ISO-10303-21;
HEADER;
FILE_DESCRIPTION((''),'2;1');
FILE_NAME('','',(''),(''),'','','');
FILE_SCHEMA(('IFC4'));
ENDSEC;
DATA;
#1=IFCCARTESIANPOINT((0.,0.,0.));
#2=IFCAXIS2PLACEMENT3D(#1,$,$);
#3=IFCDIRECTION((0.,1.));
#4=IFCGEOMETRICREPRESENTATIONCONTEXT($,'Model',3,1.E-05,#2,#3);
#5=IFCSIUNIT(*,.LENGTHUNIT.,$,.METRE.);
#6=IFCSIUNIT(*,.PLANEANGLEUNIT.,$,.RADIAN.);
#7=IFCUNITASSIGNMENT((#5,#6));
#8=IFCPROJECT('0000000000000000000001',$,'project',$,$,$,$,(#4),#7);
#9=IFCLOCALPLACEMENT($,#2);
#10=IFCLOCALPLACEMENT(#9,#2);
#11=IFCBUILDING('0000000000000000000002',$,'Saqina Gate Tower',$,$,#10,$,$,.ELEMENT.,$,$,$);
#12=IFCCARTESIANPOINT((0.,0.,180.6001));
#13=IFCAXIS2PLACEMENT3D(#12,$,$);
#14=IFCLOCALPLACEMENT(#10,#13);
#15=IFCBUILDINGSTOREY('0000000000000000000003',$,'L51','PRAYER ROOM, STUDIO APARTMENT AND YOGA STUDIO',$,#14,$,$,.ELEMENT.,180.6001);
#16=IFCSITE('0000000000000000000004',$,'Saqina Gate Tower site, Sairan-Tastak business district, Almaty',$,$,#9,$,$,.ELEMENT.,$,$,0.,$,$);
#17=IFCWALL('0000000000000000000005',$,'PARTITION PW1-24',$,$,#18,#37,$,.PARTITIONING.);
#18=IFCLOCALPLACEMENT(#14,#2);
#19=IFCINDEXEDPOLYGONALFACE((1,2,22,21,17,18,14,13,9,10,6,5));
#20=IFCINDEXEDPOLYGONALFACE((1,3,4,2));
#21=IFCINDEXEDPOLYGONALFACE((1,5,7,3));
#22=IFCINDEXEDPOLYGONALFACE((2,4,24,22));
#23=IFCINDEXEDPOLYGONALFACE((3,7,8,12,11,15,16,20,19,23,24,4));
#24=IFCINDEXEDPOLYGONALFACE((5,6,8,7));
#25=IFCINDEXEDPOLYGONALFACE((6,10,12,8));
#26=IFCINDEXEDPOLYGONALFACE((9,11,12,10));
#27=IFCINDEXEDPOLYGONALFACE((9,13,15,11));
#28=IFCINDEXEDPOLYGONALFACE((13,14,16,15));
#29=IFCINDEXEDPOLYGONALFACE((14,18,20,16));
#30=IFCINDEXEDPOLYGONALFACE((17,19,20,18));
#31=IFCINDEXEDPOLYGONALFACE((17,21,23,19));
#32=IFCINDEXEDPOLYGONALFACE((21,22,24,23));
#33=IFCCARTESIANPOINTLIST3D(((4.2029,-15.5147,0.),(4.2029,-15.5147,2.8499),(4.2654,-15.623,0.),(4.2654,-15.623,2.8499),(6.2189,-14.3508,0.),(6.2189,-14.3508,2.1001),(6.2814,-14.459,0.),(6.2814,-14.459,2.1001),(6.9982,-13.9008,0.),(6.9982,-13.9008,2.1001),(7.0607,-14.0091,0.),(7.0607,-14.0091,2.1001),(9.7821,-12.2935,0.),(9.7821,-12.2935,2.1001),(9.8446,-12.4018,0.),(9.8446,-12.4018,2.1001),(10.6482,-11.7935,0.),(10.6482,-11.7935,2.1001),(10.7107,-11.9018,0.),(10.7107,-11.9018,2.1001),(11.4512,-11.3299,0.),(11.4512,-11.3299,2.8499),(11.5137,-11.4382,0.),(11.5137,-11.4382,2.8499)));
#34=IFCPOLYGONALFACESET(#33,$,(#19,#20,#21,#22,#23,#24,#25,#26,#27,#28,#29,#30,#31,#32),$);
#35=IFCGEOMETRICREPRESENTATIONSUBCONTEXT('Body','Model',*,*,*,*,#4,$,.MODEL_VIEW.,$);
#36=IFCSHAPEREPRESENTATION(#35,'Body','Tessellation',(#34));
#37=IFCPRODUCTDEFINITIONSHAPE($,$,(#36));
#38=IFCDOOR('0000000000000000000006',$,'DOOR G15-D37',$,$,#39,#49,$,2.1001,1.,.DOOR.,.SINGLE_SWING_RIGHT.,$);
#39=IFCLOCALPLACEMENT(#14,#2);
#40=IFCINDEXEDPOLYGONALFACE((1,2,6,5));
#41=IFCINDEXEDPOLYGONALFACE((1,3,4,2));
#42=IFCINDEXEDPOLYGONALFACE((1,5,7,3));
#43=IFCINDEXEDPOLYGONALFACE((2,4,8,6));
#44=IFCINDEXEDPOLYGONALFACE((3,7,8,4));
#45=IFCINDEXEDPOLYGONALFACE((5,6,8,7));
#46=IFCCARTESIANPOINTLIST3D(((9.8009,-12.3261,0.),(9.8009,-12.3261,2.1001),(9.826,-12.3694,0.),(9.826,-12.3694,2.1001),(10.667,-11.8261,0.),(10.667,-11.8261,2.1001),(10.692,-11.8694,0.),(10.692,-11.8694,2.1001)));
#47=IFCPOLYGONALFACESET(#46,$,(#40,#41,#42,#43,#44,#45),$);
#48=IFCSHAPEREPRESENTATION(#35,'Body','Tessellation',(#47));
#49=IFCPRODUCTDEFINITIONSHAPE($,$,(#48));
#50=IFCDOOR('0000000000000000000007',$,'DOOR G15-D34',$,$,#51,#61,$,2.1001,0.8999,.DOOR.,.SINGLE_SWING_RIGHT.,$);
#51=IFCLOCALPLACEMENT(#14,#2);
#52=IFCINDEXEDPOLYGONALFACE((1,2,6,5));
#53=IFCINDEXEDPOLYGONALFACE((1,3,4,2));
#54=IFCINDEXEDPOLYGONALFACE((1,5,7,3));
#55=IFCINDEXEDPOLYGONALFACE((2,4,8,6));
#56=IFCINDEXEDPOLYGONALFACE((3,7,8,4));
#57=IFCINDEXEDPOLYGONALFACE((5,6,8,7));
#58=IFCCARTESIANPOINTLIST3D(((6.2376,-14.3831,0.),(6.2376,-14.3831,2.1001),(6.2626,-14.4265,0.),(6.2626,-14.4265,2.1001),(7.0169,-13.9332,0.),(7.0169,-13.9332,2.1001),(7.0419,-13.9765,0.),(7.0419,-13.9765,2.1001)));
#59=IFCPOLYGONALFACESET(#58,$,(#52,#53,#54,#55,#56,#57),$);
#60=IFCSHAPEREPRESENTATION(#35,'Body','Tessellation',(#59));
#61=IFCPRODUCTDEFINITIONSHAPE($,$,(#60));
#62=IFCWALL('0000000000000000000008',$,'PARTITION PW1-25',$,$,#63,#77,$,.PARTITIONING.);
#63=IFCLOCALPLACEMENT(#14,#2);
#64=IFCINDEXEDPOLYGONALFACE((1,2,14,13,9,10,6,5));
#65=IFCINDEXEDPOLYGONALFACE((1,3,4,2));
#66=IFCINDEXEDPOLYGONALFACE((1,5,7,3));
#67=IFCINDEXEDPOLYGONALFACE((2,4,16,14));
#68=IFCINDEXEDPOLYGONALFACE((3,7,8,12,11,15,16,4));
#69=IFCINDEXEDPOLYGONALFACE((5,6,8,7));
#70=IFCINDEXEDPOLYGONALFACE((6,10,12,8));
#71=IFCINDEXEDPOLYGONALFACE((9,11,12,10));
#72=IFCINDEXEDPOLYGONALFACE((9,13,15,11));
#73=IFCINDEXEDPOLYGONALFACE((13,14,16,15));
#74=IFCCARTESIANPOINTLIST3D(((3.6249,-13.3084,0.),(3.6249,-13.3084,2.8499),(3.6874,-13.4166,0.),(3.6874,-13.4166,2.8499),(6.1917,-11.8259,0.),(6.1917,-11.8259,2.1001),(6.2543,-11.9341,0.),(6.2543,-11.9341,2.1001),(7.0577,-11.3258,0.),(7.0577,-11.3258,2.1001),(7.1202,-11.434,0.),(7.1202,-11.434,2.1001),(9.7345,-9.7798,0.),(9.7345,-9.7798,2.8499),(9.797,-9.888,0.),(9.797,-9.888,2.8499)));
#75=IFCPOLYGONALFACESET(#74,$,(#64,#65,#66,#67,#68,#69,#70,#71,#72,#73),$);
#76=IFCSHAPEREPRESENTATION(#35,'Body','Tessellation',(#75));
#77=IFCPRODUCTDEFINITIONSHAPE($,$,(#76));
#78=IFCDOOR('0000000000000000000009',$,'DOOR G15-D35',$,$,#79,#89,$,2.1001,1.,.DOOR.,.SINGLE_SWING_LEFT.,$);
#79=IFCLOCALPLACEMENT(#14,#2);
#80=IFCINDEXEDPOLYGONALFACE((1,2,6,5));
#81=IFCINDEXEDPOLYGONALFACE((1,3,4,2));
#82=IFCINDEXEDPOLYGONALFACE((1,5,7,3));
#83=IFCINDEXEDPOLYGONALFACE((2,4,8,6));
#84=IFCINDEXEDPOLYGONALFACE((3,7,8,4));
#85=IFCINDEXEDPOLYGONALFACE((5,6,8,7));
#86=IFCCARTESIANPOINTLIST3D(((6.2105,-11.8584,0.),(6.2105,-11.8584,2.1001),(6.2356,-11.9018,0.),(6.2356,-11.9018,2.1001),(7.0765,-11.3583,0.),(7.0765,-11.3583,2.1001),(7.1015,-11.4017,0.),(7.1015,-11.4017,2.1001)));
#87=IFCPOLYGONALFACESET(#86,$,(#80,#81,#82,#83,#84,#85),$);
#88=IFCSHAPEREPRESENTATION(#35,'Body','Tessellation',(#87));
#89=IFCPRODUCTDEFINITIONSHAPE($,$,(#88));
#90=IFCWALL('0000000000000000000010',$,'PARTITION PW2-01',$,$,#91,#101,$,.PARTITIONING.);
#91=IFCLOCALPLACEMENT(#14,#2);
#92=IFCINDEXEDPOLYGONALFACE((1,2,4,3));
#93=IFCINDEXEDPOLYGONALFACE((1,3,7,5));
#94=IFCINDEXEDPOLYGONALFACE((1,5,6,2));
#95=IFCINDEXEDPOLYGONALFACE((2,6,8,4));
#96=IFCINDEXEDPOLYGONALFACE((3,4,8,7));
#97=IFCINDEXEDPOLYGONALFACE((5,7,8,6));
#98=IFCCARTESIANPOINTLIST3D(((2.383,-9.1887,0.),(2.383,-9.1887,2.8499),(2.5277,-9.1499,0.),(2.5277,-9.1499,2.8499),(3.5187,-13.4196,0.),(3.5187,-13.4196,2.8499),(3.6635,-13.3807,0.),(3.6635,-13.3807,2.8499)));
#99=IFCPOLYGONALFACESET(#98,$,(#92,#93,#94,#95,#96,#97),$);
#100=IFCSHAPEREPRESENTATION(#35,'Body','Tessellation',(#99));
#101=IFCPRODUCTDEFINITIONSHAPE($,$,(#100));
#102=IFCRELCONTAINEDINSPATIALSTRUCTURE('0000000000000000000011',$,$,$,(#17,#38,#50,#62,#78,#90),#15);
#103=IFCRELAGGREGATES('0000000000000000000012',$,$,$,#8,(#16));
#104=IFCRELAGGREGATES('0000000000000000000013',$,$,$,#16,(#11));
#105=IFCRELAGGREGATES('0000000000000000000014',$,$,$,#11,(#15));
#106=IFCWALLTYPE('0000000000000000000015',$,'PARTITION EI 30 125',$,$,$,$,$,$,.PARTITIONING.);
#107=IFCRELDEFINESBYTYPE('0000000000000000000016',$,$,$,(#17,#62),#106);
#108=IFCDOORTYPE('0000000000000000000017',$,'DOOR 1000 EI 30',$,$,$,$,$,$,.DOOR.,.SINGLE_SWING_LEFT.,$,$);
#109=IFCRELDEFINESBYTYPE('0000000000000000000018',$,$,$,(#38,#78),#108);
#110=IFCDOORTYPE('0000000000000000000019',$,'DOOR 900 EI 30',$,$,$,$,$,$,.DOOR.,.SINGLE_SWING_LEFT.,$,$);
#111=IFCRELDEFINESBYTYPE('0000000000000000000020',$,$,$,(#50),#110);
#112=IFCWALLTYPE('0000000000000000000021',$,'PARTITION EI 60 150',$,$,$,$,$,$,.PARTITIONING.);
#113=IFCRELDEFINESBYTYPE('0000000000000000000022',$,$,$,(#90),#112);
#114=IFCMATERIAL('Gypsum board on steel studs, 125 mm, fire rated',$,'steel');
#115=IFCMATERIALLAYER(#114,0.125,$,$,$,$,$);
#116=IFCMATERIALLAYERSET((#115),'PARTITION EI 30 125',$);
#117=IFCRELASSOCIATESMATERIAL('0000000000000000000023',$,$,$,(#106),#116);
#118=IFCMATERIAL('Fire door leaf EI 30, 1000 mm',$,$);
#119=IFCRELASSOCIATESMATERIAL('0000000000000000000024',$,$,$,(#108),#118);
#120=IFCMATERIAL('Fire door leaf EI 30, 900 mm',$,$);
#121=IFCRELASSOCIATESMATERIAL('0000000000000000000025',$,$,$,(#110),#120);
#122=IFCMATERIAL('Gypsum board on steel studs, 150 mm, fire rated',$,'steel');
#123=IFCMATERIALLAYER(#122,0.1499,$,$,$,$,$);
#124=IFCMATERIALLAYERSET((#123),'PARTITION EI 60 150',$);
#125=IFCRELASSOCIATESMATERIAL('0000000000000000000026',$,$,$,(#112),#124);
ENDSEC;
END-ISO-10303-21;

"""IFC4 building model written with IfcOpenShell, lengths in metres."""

from ifc_helpers import new_model, si_unit, direction, frame, frame_2d, origin, place, context, subcontext, project, spatial, rectangle, extrude, material, layer, layer_set, type_object, element, fill, save


model = new_model("IFC4")

# Units and contexts
model_context = context("Model", 3, precision=1e-05, world=origin(), true_north=direction((0.0, 1.0)))
body_context = subcontext(model_context, "Body", "Model", "MODEL_VIEW")
ifc_project = project(units=[si_unit("LENGTHUNIT", "METRE"), si_unit("PLANEANGLEUNIT", "RADIAN")], contexts=[model_context])

# Site, building, storey
site_placement = place(None, origin())
site = spatial("IfcSite", under=ifc_project, at=site_placement, Name="Saqina Gate Tower site, Sairan-Tastak business district, Almaty", CompositionType="ELEMENT", RefElevation=0.0)
building_placement = place(site_placement, origin())
building = spatial("IfcBuilding", under=site, at=building_placement, Name="Saqina Gate Tower", CompositionType="ELEMENT")
storey_placement = place(building_placement, frame((0.0, 0.0, 180.6001)))
storey = spatial("IfcBuildingStorey", under=building, at=storey_placement, Name="L51", Description="PRAYER ROOM, STUDIO APARTMENT AND YOGA STUDIO", CompositionType="ELEMENT", Elevation=180.6001)

# Shared definitions
ifc_material_1 = material(Name="Gypsum board on steel studs, 125 mm, fire rated", Category="steel")
ifc_layer_1 = layer(ifc_material_1, 0.125)
ifc_layer_set_1 = layer_set([ifc_layer_1], Name="PARTITION EI 30 125")
wall_type_1 = type_object("IfcWallType", Name="PARTITION EI 30 125", PredefinedType="PARTITIONING", material=ifc_layer_set_1)

# Wall, openings, doors
wall_1_placement = place(storey_placement, frame((4.2341, -15.5688, 0.0), z_axis=(0.0, 0.0, 1.0), x_axis=(0.866025, 0.500001, 0.0)))
wall_1 = element("IfcWall", 1, at=wall_1_placement, inside=storey, type_object=wall_type_1, Name="PARTITION PW1-24", PredefinedType="PARTITIONING", context=body_context, shape_type="SweptSolid", body=[
    extrude(rectangle(XDim=8.3696, YDim=0.125, at=frame_2d((4.1848, 0.0))), origin(), (0.0, 0.0, 1.0), 2.8499),
])
opening_1_placement = place(wall_1_placement, frame((2.3279, 0.0, 0.0)))
opening_1 = element("IfcOpeningElement", 2, at=opening_1_placement, cuts=wall_1, PredefinedType="OPENING", context=body_context, shape_type="SweptSolid", body=[
    extrude(rectangle(XDim=0.8999, YDim=2.1001, at=frame_2d((0.45, 1.05))), frame((0.0, 0.0745, 0.0), z_axis=(0.0, -1.0, 0.0), x_axis=(1.0, 0.0, 0.0)), (0.0, 0.0, 1.0), 0.1489),
])
opening_2_placement = place(wall_1_placement, frame((6.4424, 0.0, 0.0)))
opening_2 = element("IfcOpeningElement", 3, at=opening_2_placement, cuts=wall_1, PredefinedType="OPENING", context=body_context, shape_type="SweptSolid", body=[
    extrude(rectangle(XDim=1.0, YDim=2.1001, at=frame_2d((0.5, 1.05))), frame((0.0, 0.0745, 0.0), z_axis=(0.0, -1.0, 0.0), x_axis=(1.0, 0.0, 0.0)), (0.0, 0.0, 1.0), 0.1489),
])
ifc_material_2 = material(Name="Fire door leaf EI 30, 1000 mm")
door_type_1 = type_object("IfcDoorType", Name="DOOR 1000 EI 30", OperationType="SINGLE_SWING_LEFT", PredefinedType="DOOR", material=ifc_material_2)
door_1_placement = place(opening_2_placement, origin())
door_1 = element("IfcDoor", 4, at=door_1_placement, inside=storey, type_object=door_type_1, Name="DOOR G15-D37", OperationType="SINGLE_SWING_RIGHT", OverallHeight=2.1001, OverallWidth=1.0, PredefinedType="DOOR", context=body_context, shape_type="SweptSolid", body=[
    extrude(rectangle(XDim=1.0, YDim=2.1001, at=frame_2d((0.5, 1.05))), frame((0.0, 0.0249, 0.0), z_axis=(0.0, -1.0, 0.0), x_axis=(1.0, 0.0, 0.0)), (0.0, 0.0, 1.0), 0.05),
])
fill(opening_2, door_1)
ifc_material_3 = material(Name="Fire door leaf EI 30, 900 mm")
door_type_2 = type_object("IfcDoorType", Name="DOOR 900 EI 30", OperationType="SINGLE_SWING_LEFT", PredefinedType="DOOR", material=ifc_material_3)
door_2_placement = place(opening_1_placement, frame((0.8999, 0.0, 0.0), z_axis=(0.0, 0.0, 1.0), x_axis=(-1.0, 0.0, 0.0)))
door_2 = element("IfcDoor", 5, at=door_2_placement, inside=storey, type_object=door_type_2, Name="DOOR G15-D34", OperationType="SINGLE_SWING_RIGHT", OverallHeight=2.1001, OverallWidth=0.8999, PredefinedType="DOOR", context=body_context, shape_type="SweptSolid", body=[
    extrude(rectangle(XDim=0.8999, YDim=2.1001, at=frame_2d((0.45, 1.05))), frame((0.0, 0.0249, 0.0), z_axis=(0.0, -1.0, 0.0), x_axis=(1.0, 0.0, 0.0)), (0.0, 0.0, 1.0), 0.05),
])
fill(opening_1, door_2)

# Wall, opening, door
wall_2_placement = place(storey_placement, frame((3.656, -13.3625, 0.0), z_axis=(0.0, 0.0, 1.0), x_axis=(0.865953, 0.500125, 0.0)))
wall_2 = element("IfcWall", 6, at=wall_2_placement, inside=storey, type_object=wall_type_1, Name="PARTITION PW1-25", PredefinedType="PARTITIONING", context=body_context, shape_type="SweptSolid", body=[
    extrude(rectangle(XDim=7.0554, YDim=0.125, at=frame_2d((3.5278, 0.0))), origin(), (0.0, 0.0, 1.0), 2.8499),
])
opening_3_placement = place(wall_2_placement, frame((2.9644, 0.0, 0.0)))
opening_3 = element("IfcOpeningElement", 7, at=opening_3_placement, cuts=wall_2, PredefinedType="OPENING", context=body_context, shape_type="SweptSolid", body=[
    extrude(rectangle(XDim=1.0, YDim=2.1001, at=frame_2d((0.5, 1.05))), frame((0.0, 0.0745, 0.0), z_axis=(0.0, -1.0, 0.0), x_axis=(1.0, 0.0, 0.0)), (0.0, 0.0, 1.0), 0.1489),
])
door_3_placement = place(opening_3_placement, origin())
door_3 = element("IfcDoor", 8, at=door_3_placement, inside=storey, type_object=door_type_1, Name="DOOR G15-D35", OperationType="SINGLE_SWING_LEFT", OverallHeight=2.1001, OverallWidth=1.0, PredefinedType="DOOR", context=body_context, shape_type="SweptSolid", body=[
    extrude(rectangle(XDim=1.0, YDim=2.1001, at=frame_2d((0.5, 1.05))), frame((0.0, 0.0249, 0.0), z_axis=(0.0, -1.0, 0.0), x_axis=(1.0, 0.0, 0.0)), (0.0, 0.0, 1.0), 0.05),
])
fill(opening_3, door_3)

# Wall
ifc_material_4 = material(Name="Gypsum board on steel studs, 150 mm, fire rated", Category="steel")
ifc_layer_2 = layer(ifc_material_4, 0.1499)
ifc_layer_set_2 = layer_set([ifc_layer_2], Name="PARTITION EI 60 150")
wall_type_2 = type_object("IfcWallType", Name="PARTITION EI 60 150", PredefinedType="PARTITIONING", material=ifc_layer_set_2)
wall_3_placement = place(storey_placement, frame((2.4553, -9.1692, 0.0), z_axis=(0.0, 0.0, 1.0), x_axis=(0.259272, -0.965804, 0.0)))
element("IfcWall", 9, at=wall_3_placement, inside=storey, type_object=wall_type_2, Name="PARTITION PW2-01", PredefinedType="PARTITIONING", context=body_context, shape_type="SweptSolid", body=[
    extrude(rectangle(XDim=4.3806, YDim=0.1499, at=frame_2d((2.1904, 0.0))), origin(), (0.0, 0.0, 1.0), 2.8499),
])

save(model, "model.ifc")
